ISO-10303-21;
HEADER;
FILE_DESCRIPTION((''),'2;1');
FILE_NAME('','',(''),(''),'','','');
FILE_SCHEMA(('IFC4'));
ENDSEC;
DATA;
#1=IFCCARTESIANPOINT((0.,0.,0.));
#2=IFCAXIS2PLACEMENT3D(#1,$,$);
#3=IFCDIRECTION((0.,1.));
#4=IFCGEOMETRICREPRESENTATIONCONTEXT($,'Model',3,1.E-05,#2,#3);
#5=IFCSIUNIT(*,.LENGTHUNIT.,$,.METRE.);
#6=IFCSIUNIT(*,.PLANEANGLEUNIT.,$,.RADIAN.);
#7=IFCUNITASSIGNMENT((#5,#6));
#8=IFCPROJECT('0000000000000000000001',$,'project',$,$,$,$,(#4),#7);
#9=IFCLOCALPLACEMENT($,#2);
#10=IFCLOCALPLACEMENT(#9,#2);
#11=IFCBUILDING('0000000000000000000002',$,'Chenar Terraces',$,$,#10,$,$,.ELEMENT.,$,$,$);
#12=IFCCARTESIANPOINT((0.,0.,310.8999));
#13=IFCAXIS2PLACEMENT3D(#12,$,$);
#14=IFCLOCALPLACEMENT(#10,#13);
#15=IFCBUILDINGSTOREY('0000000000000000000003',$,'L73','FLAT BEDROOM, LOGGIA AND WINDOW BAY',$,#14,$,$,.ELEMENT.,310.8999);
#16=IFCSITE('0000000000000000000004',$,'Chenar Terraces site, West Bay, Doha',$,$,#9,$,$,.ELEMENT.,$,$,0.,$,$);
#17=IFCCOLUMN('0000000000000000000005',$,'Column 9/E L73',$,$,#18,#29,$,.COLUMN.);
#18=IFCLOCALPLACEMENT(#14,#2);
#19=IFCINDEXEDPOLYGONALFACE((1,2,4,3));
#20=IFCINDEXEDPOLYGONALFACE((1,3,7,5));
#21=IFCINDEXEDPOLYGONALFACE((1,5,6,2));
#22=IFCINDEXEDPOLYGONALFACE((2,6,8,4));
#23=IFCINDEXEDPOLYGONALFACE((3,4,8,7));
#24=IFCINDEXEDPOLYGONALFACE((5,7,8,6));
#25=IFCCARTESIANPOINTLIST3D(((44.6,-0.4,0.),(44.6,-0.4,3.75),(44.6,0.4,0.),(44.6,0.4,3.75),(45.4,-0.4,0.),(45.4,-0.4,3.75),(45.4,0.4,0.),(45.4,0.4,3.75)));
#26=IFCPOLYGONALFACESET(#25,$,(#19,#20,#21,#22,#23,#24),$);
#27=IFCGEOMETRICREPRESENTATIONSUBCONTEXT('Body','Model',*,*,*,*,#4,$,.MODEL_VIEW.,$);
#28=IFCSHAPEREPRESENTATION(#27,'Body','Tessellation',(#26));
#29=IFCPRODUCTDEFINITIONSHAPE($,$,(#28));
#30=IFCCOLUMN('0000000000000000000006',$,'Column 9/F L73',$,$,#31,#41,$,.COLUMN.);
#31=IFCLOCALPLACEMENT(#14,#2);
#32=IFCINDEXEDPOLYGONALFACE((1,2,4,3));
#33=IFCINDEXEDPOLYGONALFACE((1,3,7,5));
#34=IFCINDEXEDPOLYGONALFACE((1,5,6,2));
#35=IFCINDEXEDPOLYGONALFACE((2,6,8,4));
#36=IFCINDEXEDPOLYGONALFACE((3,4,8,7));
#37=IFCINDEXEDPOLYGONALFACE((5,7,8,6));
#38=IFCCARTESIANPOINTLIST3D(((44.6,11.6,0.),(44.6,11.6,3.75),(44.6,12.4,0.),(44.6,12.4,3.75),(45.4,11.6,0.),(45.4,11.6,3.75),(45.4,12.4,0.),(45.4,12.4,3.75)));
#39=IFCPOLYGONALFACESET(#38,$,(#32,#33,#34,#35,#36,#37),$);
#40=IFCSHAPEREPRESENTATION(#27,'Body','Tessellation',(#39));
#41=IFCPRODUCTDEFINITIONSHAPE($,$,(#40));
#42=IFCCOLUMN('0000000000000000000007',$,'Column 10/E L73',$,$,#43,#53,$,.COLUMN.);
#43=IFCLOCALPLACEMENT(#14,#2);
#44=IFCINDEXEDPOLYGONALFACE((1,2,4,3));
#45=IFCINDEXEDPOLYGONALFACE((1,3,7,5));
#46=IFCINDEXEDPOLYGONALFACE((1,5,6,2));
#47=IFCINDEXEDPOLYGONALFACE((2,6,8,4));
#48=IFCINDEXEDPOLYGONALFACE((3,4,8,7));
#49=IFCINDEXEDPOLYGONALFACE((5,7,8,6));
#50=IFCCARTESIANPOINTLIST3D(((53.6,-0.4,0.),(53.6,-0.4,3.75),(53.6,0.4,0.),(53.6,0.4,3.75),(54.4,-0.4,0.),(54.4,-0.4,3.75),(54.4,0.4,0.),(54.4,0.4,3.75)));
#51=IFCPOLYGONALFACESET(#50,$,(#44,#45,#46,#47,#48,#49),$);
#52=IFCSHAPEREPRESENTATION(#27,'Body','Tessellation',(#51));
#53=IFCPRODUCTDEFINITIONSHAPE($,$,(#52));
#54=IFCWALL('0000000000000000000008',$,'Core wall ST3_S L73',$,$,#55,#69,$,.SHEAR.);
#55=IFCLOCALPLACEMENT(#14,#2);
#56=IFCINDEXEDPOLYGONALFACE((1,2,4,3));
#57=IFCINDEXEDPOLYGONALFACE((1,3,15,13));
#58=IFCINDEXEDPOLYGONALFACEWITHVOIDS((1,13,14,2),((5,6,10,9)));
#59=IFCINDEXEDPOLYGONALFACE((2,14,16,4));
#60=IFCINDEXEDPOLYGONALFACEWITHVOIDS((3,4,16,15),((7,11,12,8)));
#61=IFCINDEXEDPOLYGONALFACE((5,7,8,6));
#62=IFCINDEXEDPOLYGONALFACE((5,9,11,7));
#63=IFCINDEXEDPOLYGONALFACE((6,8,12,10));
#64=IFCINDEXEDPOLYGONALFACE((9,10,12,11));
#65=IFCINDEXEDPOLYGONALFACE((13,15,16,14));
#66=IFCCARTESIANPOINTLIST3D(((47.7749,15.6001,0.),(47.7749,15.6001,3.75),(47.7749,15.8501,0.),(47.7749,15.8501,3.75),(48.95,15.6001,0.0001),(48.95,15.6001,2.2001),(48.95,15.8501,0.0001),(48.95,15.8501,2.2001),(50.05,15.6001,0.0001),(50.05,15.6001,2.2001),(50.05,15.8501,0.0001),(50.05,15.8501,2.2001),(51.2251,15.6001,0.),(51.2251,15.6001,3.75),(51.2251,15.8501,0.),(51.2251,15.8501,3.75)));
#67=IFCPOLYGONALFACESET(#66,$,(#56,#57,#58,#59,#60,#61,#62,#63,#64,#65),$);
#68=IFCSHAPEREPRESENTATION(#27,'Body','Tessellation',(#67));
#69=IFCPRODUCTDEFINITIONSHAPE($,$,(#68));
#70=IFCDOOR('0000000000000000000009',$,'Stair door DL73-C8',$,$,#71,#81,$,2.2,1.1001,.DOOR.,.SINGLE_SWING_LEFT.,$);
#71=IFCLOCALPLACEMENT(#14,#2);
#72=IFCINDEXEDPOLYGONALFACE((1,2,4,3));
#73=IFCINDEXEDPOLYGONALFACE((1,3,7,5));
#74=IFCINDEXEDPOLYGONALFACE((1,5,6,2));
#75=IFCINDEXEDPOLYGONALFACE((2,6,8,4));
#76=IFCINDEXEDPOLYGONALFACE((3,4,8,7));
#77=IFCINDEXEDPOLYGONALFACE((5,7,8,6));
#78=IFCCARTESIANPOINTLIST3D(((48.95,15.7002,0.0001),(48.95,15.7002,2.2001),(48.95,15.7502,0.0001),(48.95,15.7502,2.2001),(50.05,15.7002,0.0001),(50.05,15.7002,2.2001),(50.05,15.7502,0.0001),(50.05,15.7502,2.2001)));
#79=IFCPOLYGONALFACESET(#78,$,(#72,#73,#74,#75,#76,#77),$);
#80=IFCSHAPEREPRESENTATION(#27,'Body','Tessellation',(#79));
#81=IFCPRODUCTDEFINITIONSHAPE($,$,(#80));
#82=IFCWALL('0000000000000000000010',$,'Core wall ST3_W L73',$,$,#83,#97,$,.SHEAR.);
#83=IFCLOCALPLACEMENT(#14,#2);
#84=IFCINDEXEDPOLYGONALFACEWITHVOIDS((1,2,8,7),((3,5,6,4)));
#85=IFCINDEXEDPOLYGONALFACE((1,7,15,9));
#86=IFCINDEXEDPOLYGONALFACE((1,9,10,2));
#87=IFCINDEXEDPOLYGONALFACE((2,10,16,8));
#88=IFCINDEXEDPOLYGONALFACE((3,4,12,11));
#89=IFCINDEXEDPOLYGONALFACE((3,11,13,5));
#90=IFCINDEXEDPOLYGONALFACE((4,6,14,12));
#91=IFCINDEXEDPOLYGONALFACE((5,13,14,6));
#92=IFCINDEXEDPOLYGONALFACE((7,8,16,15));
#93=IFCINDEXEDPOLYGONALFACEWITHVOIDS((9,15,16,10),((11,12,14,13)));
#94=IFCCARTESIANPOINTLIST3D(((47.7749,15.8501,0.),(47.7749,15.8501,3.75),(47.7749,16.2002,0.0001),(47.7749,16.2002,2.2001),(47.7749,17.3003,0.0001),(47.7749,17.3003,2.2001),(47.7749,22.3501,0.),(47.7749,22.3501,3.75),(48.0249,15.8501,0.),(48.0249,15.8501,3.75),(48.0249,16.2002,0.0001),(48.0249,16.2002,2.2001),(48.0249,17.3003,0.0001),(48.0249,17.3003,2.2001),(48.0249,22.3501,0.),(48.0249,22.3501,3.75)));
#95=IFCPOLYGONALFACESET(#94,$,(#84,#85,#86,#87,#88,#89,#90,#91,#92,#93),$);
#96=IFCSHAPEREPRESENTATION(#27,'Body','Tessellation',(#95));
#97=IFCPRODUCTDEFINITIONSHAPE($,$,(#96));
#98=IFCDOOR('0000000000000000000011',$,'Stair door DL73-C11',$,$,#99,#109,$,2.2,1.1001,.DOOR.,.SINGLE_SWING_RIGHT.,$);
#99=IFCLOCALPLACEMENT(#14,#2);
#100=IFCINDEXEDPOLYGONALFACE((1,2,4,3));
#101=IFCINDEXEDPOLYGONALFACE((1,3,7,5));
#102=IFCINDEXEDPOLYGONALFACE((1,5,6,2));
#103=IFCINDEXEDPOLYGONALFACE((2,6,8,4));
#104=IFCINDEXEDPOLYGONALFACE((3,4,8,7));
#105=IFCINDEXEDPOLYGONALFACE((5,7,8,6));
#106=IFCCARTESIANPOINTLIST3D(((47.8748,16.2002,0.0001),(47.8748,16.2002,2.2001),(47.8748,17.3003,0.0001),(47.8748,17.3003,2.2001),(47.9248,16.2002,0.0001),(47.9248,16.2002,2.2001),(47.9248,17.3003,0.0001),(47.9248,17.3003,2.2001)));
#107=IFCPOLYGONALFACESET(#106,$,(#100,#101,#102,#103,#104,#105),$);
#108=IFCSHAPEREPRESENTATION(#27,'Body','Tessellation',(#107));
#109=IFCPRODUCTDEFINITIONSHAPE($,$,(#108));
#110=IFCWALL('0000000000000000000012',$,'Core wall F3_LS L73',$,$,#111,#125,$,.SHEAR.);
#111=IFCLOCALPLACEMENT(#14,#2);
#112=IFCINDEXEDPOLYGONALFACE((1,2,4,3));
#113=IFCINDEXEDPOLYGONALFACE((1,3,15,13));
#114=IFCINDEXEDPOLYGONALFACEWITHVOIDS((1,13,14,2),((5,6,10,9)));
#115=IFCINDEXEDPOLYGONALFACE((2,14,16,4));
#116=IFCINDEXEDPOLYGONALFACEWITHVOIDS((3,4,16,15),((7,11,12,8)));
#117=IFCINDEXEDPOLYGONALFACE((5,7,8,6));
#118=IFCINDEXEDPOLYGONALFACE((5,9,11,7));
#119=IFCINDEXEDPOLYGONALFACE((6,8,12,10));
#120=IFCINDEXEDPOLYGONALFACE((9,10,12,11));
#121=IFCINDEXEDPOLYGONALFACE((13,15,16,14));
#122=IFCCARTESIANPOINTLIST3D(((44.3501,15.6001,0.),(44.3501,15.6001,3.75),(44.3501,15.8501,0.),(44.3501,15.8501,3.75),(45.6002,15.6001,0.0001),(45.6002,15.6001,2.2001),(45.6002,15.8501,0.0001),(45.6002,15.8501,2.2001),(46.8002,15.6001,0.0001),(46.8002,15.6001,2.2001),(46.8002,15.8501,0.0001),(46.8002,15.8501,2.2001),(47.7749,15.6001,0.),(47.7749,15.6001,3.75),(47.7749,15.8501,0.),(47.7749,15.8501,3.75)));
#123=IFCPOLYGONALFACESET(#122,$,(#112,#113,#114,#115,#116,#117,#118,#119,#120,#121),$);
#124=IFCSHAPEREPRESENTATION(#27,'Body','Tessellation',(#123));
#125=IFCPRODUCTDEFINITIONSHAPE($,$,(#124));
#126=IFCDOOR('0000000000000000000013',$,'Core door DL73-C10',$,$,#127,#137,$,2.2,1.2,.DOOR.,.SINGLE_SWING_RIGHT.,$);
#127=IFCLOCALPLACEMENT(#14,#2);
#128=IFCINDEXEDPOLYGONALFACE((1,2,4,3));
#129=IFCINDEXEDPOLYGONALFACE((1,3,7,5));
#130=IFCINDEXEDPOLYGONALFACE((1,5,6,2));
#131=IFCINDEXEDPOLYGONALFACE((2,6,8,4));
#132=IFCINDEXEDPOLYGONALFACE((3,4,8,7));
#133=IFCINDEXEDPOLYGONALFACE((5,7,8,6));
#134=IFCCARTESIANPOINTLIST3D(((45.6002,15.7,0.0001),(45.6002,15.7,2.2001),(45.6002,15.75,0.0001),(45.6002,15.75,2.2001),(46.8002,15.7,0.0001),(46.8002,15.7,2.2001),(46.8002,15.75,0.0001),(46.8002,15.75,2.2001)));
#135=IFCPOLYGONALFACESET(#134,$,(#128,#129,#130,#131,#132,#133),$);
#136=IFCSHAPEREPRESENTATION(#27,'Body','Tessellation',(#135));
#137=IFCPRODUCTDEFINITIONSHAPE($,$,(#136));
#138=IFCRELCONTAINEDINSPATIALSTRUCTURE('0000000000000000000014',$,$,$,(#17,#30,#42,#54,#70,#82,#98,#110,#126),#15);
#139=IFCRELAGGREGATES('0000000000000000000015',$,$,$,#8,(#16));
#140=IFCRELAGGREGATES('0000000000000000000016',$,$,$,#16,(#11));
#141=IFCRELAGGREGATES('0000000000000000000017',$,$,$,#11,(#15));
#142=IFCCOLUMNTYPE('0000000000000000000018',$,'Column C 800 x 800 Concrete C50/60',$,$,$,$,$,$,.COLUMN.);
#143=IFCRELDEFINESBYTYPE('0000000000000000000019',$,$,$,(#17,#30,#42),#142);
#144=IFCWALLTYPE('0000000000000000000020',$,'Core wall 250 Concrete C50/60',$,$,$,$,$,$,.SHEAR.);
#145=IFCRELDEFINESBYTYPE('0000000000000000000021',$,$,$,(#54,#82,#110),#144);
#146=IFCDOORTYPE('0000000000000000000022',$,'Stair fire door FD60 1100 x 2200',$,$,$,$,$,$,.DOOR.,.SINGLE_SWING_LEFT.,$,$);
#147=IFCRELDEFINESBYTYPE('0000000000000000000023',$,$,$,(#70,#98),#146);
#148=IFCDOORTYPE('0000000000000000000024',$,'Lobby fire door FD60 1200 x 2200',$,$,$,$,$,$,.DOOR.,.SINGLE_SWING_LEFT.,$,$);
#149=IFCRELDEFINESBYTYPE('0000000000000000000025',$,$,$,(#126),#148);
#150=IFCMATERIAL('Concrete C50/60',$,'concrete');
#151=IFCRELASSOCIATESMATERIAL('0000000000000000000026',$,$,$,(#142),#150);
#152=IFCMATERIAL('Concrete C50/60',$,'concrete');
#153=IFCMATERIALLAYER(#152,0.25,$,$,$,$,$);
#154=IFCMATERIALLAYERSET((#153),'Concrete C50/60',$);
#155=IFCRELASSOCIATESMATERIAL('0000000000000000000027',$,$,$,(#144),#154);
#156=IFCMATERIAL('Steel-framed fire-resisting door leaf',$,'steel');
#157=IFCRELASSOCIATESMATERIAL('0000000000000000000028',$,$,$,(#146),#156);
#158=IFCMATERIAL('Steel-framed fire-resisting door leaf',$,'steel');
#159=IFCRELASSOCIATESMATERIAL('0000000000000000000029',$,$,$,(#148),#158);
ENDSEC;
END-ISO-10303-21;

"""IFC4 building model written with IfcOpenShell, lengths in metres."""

from ifc_helpers import new_model, si_unit, direction, frame, frame_2d, origin, origin_2d, place, context, subcontext, project, spatial, rectangle, extrude, material, layer, layer_set, material_profile, profile_set, type_object, element, fill, save


model = new_model("IFC4")

# Units and contexts
model_context = context("Model", 3, precision=1e-05, world=origin(), true_north=direction((0.0, 1.0)))
body_context = subcontext(model_context, "Body", "Model", "MODEL_VIEW")
ifc_project = project(units=[si_unit("LENGTHUNIT", "METRE"), si_unit("PLANEANGLEUNIT", "RADIAN")], contexts=[model_context])

# Site, building, storey
site_placement = place(None, origin())
site = spatial("IfcSite", under=ifc_project, at=site_placement, Name="Chenar Terraces site, West Bay, Doha", CompositionType="ELEMENT", RefElevation=0.0)
building_placement = place(site_placement, origin())
building = spatial("IfcBuilding", under=site, at=building_placement, Name="Chenar Terraces", CompositionType="ELEMENT")
storey_placement = place(building_placement, frame((0.0, 0.0, 310.8999)))
storey = spatial("IfcBuildingStorey", under=building, at=storey_placement, Name="L73", Description="FLAT BEDROOM, LOGGIA AND WINDOW BAY", CompositionType="ELEMENT", Elevation=310.8999)

# Columns
ifc_material_1 = material(Name="Concrete C50/60", Category="concrete")
ifc_material_profile_1 = material_profile(ifc_material_1, rectangle(XDim=0.8, YDim=0.8, at=origin_2d()), Name="C 800 x 800")
ifc_profile_set_1 = profile_set([ifc_material_profile_1], Name="Concrete C50/60")
column_type = type_object("IfcColumnType", Name="Column C 800 x 800 Concrete C50/60", PredefinedType="COLUMN", material=ifc_profile_set_1)
for number, where, z_axis, x_axis, name in (
    (1, (45.0, 0.0, 0.0), (0.0, 0.0, 1.0), (1.0, 0.0, 0.0), "Column 9/E L73"),
    (2, (45.0, 12.0, 0.0), (0.0, 0.0, 1.0), (1.0, 0.0, 0.0), "Column 9/F L73"),
    (3, (54.0, 0.0, 0.0), (0.0, 0.0, 1.0), (1.0, 0.0, 0.0), "Column 10/E L73"),
):
    element("IfcColumn", number, at=place(storey_placement, frame(where, z_axis=z_axis, x_axis=x_axis)), inside=storey, type_object=column_type, Name=name, PredefinedType="COLUMN", context=body_context, shape_type="SweptSolid", body=[
        extrude(rectangle(XDim=0.8, YDim=0.8, at=origin_2d()), origin(), (0.0, 0.0, 1.0), 3.75),
    ])

# Walls, openings, doors
ifc_material_2 = material(Name="Concrete C50/60", Category="concrete")
ifc_layer_1 = layer(ifc_material_2, 0.25)
ifc_layer_set_1 = layer_set([ifc_layer_1], Name="Concrete C50/60")
wall_type_1 = type_object("IfcWallType", Name="Core wall 250 Concrete C50/60", PredefinedType="SHEAR", material=ifc_layer_set_1)
wall_1_placement = place(storey_placement, frame((47.7749, 15.7251, 0.0), z_axis=(0.0, 0.0, 1.0), x_axis=(1.0, 0.0, 0.0)))
wall_1 = element("IfcWall", 4, at=wall_1_placement, inside=storey, type_object=wall_type_1, Name="Core wall ST3_S L73", PredefinedType="SHEAR", context=body_context, shape_type="SweptSolid", body=[
    extrude(rectangle(XDim=3.4502, YDim=0.25, at=frame_2d((1.7251, 0.0))), origin(), (0.0, 0.0, 1.0), 3.75),
])
opening_1_placement = place(wall_1_placement, frame((1.175, 0.0, 0.0)))
opening_1 = element("IfcOpeningElement", 5, at=opening_1_placement, cuts=wall_1, PredefinedType="OPENING", context=body_context, shape_type="SweptSolid", body=[
    extrude(rectangle(XDim=1.1001, YDim=2.2, at=frame_2d((0.55, 1.1001))), frame((0.0, 0.135, 0.0), z_axis=(0.0, -1.0, 0.0), x_axis=(1.0, 0.0, 0.0)), (0.0, 0.0, 1.0), 0.27),
])
ifc_material_3 = material(Name="Steel-framed fire-resisting door leaf", Category="steel")
door_type_1 = type_object("IfcDoorType", Name="Stair fire door FD60 1100 x 2200", OperationType="SINGLE_SWING_LEFT", PredefinedType="DOOR", material=ifc_material_3)
door_1_placement = place(opening_1_placement, frame((1.1001, 0.0, 0.0), z_axis=(0.0, 0.0, 1.0), x_axis=(-1.0, 0.0, 0.0)))
door_1 = element("IfcDoor", 6, at=door_1_placement, inside=storey, type_object=door_type_1, Name="Stair door DL73-C8", OperationType="SINGLE_SWING_LEFT", OverallHeight=2.2, OverallWidth=1.1001, PredefinedType="DOOR", context=body_context, shape_type="SweptSolid", body=[
    extrude(rectangle(XDim=1.1001, YDim=2.2, at=frame_2d((0.55, 1.1001))), frame((0.0, 0.0249, 0.0), z_axis=(0.0, -1.0, 0.0), x_axis=(1.0, 0.0, 0.0)), (0.0, 0.0, 1.0), 0.05),
])
fill(opening_1, door_1)
wall_2_placement = place(storey_placement, frame((47.8999, 15.8501, 0.0), z_axis=(0.0, 0.0, 1.0), x_axis=(0.0, 1.0, 0.0)))
wall_2 = element("IfcWall", 7, at=wall_2_placement, inside=storey, type_object=wall_type_1, Name="Core wall ST3_W L73", PredefinedType="SHEAR", context=body_context, shape_type="SweptSolid", body=[
    extrude(rectangle(XDim=6.5, YDim=0.25, at=frame_2d((3.25, 0.0))), origin(), (0.0, 0.0, 1.0), 3.75),
])
opening_2_placement = place(wall_2_placement, frame((0.3501, 0.0, 0.0)))
opening_2 = element("IfcOpeningElement", 8, at=opening_2_placement, cuts=wall_2, PredefinedType="OPENING", context=body_context, shape_type="SweptSolid", body=[
    extrude(rectangle(XDim=1.1001, YDim=2.2, at=frame_2d((0.55, 1.1001))), frame((0.0, 0.135, 0.0), z_axis=(0.0, -1.0, 0.0), x_axis=(1.0, 0.0, 0.0)), (0.0, 0.0, 1.0), 0.27),
])
door_2_placement = place(opening_2_placement, frame((1.1001, 0.0, 0.0), z_axis=(0.0, 0.0, 1.0), x_axis=(-1.0, 0.0, 0.0)))
door_2 = element("IfcDoor", 9, at=door_2_placement, inside=storey, type_object=door_type_1, Name="Stair door DL73-C11", OperationType="SINGLE_SWING_RIGHT", OverallHeight=2.2, OverallWidth=1.1001, PredefinedType="DOOR", context=body_context, shape_type="SweptSolid", body=[
    extrude(rectangle(XDim=1.1001, YDim=2.2, at=frame_2d((0.55, 1.1001))), frame((0.0, 0.0249, 0.0), z_axis=(0.0, -1.0, 0.0), x_axis=(1.0, 0.0, 0.0)), (0.0, 0.0, 1.0), 0.05),
])
fill(opening_2, door_2)
wall_3_placement = place(storey_placement, frame((44.3501, 15.7251, 0.0), z_axis=(0.0, 0.0, 1.0), x_axis=(1.0, 0.0, 0.0)))
wall_3 = element("IfcWall", 10, at=wall_3_placement, inside=storey, type_object=wall_type_1, Name="Core wall F3_LS L73", PredefinedType="SHEAR", context=body_context, shape_type="SweptSolid", body=[
    extrude(rectangle(XDim=3.4248, YDim=0.25, at=frame_2d((1.7124, 0.0))), origin(), (0.0, 0.0, 1.0), 3.75),
])
opening_3_placement = place(wall_3_placement, frame((1.25, 0.0, 0.0)))
opening_3 = element("IfcOpeningElement", 11, at=opening_3_placement, cuts=wall_3, PredefinedType="OPENING", context=body_context, shape_type="SweptSolid", body=[
    extrude(rectangle(XDim=1.2, YDim=2.2, at=frame_2d((0.6001, 1.1001))), frame((0.0, 0.135, 0.0), z_axis=(0.0, -1.0, 0.0), x_axis=(1.0, 0.0, 0.0)), (0.0, 0.0, 1.0), 0.27),
])
ifc_material_4 = material(Name="Steel-framed fire-resisting door leaf", Category="steel")
door_type_2 = type_object("IfcDoorType", Name="Lobby fire door FD60 1200 x 2200", OperationType="SINGLE_SWING_LEFT", PredefinedType="DOOR", material=ifc_material_4)
door_3_placement = place(opening_3_placement, origin())
door_3 = element("IfcDoor", 12, at=door_3_placement, inside=storey, type_object=door_type_2, Name="Core door DL73-C10", OperationType="SINGLE_SWING_RIGHT", OverallHeight=2.2, OverallWidth=1.2, PredefinedType="DOOR", context=body_context, shape_type="SweptSolid", body=[
    extrude(rectangle(XDim=1.2, YDim=2.2, at=frame_2d((0.6001, 1.1001))), frame((0.0, 0.0249, 0.0), z_axis=(0.0, -1.0, 0.0), x_axis=(1.0, 0.0, 0.0)), (0.0, 0.0, 1.0), 0.05),
])
fill(opening_3, door_3)

save(model, "model.ifc")
